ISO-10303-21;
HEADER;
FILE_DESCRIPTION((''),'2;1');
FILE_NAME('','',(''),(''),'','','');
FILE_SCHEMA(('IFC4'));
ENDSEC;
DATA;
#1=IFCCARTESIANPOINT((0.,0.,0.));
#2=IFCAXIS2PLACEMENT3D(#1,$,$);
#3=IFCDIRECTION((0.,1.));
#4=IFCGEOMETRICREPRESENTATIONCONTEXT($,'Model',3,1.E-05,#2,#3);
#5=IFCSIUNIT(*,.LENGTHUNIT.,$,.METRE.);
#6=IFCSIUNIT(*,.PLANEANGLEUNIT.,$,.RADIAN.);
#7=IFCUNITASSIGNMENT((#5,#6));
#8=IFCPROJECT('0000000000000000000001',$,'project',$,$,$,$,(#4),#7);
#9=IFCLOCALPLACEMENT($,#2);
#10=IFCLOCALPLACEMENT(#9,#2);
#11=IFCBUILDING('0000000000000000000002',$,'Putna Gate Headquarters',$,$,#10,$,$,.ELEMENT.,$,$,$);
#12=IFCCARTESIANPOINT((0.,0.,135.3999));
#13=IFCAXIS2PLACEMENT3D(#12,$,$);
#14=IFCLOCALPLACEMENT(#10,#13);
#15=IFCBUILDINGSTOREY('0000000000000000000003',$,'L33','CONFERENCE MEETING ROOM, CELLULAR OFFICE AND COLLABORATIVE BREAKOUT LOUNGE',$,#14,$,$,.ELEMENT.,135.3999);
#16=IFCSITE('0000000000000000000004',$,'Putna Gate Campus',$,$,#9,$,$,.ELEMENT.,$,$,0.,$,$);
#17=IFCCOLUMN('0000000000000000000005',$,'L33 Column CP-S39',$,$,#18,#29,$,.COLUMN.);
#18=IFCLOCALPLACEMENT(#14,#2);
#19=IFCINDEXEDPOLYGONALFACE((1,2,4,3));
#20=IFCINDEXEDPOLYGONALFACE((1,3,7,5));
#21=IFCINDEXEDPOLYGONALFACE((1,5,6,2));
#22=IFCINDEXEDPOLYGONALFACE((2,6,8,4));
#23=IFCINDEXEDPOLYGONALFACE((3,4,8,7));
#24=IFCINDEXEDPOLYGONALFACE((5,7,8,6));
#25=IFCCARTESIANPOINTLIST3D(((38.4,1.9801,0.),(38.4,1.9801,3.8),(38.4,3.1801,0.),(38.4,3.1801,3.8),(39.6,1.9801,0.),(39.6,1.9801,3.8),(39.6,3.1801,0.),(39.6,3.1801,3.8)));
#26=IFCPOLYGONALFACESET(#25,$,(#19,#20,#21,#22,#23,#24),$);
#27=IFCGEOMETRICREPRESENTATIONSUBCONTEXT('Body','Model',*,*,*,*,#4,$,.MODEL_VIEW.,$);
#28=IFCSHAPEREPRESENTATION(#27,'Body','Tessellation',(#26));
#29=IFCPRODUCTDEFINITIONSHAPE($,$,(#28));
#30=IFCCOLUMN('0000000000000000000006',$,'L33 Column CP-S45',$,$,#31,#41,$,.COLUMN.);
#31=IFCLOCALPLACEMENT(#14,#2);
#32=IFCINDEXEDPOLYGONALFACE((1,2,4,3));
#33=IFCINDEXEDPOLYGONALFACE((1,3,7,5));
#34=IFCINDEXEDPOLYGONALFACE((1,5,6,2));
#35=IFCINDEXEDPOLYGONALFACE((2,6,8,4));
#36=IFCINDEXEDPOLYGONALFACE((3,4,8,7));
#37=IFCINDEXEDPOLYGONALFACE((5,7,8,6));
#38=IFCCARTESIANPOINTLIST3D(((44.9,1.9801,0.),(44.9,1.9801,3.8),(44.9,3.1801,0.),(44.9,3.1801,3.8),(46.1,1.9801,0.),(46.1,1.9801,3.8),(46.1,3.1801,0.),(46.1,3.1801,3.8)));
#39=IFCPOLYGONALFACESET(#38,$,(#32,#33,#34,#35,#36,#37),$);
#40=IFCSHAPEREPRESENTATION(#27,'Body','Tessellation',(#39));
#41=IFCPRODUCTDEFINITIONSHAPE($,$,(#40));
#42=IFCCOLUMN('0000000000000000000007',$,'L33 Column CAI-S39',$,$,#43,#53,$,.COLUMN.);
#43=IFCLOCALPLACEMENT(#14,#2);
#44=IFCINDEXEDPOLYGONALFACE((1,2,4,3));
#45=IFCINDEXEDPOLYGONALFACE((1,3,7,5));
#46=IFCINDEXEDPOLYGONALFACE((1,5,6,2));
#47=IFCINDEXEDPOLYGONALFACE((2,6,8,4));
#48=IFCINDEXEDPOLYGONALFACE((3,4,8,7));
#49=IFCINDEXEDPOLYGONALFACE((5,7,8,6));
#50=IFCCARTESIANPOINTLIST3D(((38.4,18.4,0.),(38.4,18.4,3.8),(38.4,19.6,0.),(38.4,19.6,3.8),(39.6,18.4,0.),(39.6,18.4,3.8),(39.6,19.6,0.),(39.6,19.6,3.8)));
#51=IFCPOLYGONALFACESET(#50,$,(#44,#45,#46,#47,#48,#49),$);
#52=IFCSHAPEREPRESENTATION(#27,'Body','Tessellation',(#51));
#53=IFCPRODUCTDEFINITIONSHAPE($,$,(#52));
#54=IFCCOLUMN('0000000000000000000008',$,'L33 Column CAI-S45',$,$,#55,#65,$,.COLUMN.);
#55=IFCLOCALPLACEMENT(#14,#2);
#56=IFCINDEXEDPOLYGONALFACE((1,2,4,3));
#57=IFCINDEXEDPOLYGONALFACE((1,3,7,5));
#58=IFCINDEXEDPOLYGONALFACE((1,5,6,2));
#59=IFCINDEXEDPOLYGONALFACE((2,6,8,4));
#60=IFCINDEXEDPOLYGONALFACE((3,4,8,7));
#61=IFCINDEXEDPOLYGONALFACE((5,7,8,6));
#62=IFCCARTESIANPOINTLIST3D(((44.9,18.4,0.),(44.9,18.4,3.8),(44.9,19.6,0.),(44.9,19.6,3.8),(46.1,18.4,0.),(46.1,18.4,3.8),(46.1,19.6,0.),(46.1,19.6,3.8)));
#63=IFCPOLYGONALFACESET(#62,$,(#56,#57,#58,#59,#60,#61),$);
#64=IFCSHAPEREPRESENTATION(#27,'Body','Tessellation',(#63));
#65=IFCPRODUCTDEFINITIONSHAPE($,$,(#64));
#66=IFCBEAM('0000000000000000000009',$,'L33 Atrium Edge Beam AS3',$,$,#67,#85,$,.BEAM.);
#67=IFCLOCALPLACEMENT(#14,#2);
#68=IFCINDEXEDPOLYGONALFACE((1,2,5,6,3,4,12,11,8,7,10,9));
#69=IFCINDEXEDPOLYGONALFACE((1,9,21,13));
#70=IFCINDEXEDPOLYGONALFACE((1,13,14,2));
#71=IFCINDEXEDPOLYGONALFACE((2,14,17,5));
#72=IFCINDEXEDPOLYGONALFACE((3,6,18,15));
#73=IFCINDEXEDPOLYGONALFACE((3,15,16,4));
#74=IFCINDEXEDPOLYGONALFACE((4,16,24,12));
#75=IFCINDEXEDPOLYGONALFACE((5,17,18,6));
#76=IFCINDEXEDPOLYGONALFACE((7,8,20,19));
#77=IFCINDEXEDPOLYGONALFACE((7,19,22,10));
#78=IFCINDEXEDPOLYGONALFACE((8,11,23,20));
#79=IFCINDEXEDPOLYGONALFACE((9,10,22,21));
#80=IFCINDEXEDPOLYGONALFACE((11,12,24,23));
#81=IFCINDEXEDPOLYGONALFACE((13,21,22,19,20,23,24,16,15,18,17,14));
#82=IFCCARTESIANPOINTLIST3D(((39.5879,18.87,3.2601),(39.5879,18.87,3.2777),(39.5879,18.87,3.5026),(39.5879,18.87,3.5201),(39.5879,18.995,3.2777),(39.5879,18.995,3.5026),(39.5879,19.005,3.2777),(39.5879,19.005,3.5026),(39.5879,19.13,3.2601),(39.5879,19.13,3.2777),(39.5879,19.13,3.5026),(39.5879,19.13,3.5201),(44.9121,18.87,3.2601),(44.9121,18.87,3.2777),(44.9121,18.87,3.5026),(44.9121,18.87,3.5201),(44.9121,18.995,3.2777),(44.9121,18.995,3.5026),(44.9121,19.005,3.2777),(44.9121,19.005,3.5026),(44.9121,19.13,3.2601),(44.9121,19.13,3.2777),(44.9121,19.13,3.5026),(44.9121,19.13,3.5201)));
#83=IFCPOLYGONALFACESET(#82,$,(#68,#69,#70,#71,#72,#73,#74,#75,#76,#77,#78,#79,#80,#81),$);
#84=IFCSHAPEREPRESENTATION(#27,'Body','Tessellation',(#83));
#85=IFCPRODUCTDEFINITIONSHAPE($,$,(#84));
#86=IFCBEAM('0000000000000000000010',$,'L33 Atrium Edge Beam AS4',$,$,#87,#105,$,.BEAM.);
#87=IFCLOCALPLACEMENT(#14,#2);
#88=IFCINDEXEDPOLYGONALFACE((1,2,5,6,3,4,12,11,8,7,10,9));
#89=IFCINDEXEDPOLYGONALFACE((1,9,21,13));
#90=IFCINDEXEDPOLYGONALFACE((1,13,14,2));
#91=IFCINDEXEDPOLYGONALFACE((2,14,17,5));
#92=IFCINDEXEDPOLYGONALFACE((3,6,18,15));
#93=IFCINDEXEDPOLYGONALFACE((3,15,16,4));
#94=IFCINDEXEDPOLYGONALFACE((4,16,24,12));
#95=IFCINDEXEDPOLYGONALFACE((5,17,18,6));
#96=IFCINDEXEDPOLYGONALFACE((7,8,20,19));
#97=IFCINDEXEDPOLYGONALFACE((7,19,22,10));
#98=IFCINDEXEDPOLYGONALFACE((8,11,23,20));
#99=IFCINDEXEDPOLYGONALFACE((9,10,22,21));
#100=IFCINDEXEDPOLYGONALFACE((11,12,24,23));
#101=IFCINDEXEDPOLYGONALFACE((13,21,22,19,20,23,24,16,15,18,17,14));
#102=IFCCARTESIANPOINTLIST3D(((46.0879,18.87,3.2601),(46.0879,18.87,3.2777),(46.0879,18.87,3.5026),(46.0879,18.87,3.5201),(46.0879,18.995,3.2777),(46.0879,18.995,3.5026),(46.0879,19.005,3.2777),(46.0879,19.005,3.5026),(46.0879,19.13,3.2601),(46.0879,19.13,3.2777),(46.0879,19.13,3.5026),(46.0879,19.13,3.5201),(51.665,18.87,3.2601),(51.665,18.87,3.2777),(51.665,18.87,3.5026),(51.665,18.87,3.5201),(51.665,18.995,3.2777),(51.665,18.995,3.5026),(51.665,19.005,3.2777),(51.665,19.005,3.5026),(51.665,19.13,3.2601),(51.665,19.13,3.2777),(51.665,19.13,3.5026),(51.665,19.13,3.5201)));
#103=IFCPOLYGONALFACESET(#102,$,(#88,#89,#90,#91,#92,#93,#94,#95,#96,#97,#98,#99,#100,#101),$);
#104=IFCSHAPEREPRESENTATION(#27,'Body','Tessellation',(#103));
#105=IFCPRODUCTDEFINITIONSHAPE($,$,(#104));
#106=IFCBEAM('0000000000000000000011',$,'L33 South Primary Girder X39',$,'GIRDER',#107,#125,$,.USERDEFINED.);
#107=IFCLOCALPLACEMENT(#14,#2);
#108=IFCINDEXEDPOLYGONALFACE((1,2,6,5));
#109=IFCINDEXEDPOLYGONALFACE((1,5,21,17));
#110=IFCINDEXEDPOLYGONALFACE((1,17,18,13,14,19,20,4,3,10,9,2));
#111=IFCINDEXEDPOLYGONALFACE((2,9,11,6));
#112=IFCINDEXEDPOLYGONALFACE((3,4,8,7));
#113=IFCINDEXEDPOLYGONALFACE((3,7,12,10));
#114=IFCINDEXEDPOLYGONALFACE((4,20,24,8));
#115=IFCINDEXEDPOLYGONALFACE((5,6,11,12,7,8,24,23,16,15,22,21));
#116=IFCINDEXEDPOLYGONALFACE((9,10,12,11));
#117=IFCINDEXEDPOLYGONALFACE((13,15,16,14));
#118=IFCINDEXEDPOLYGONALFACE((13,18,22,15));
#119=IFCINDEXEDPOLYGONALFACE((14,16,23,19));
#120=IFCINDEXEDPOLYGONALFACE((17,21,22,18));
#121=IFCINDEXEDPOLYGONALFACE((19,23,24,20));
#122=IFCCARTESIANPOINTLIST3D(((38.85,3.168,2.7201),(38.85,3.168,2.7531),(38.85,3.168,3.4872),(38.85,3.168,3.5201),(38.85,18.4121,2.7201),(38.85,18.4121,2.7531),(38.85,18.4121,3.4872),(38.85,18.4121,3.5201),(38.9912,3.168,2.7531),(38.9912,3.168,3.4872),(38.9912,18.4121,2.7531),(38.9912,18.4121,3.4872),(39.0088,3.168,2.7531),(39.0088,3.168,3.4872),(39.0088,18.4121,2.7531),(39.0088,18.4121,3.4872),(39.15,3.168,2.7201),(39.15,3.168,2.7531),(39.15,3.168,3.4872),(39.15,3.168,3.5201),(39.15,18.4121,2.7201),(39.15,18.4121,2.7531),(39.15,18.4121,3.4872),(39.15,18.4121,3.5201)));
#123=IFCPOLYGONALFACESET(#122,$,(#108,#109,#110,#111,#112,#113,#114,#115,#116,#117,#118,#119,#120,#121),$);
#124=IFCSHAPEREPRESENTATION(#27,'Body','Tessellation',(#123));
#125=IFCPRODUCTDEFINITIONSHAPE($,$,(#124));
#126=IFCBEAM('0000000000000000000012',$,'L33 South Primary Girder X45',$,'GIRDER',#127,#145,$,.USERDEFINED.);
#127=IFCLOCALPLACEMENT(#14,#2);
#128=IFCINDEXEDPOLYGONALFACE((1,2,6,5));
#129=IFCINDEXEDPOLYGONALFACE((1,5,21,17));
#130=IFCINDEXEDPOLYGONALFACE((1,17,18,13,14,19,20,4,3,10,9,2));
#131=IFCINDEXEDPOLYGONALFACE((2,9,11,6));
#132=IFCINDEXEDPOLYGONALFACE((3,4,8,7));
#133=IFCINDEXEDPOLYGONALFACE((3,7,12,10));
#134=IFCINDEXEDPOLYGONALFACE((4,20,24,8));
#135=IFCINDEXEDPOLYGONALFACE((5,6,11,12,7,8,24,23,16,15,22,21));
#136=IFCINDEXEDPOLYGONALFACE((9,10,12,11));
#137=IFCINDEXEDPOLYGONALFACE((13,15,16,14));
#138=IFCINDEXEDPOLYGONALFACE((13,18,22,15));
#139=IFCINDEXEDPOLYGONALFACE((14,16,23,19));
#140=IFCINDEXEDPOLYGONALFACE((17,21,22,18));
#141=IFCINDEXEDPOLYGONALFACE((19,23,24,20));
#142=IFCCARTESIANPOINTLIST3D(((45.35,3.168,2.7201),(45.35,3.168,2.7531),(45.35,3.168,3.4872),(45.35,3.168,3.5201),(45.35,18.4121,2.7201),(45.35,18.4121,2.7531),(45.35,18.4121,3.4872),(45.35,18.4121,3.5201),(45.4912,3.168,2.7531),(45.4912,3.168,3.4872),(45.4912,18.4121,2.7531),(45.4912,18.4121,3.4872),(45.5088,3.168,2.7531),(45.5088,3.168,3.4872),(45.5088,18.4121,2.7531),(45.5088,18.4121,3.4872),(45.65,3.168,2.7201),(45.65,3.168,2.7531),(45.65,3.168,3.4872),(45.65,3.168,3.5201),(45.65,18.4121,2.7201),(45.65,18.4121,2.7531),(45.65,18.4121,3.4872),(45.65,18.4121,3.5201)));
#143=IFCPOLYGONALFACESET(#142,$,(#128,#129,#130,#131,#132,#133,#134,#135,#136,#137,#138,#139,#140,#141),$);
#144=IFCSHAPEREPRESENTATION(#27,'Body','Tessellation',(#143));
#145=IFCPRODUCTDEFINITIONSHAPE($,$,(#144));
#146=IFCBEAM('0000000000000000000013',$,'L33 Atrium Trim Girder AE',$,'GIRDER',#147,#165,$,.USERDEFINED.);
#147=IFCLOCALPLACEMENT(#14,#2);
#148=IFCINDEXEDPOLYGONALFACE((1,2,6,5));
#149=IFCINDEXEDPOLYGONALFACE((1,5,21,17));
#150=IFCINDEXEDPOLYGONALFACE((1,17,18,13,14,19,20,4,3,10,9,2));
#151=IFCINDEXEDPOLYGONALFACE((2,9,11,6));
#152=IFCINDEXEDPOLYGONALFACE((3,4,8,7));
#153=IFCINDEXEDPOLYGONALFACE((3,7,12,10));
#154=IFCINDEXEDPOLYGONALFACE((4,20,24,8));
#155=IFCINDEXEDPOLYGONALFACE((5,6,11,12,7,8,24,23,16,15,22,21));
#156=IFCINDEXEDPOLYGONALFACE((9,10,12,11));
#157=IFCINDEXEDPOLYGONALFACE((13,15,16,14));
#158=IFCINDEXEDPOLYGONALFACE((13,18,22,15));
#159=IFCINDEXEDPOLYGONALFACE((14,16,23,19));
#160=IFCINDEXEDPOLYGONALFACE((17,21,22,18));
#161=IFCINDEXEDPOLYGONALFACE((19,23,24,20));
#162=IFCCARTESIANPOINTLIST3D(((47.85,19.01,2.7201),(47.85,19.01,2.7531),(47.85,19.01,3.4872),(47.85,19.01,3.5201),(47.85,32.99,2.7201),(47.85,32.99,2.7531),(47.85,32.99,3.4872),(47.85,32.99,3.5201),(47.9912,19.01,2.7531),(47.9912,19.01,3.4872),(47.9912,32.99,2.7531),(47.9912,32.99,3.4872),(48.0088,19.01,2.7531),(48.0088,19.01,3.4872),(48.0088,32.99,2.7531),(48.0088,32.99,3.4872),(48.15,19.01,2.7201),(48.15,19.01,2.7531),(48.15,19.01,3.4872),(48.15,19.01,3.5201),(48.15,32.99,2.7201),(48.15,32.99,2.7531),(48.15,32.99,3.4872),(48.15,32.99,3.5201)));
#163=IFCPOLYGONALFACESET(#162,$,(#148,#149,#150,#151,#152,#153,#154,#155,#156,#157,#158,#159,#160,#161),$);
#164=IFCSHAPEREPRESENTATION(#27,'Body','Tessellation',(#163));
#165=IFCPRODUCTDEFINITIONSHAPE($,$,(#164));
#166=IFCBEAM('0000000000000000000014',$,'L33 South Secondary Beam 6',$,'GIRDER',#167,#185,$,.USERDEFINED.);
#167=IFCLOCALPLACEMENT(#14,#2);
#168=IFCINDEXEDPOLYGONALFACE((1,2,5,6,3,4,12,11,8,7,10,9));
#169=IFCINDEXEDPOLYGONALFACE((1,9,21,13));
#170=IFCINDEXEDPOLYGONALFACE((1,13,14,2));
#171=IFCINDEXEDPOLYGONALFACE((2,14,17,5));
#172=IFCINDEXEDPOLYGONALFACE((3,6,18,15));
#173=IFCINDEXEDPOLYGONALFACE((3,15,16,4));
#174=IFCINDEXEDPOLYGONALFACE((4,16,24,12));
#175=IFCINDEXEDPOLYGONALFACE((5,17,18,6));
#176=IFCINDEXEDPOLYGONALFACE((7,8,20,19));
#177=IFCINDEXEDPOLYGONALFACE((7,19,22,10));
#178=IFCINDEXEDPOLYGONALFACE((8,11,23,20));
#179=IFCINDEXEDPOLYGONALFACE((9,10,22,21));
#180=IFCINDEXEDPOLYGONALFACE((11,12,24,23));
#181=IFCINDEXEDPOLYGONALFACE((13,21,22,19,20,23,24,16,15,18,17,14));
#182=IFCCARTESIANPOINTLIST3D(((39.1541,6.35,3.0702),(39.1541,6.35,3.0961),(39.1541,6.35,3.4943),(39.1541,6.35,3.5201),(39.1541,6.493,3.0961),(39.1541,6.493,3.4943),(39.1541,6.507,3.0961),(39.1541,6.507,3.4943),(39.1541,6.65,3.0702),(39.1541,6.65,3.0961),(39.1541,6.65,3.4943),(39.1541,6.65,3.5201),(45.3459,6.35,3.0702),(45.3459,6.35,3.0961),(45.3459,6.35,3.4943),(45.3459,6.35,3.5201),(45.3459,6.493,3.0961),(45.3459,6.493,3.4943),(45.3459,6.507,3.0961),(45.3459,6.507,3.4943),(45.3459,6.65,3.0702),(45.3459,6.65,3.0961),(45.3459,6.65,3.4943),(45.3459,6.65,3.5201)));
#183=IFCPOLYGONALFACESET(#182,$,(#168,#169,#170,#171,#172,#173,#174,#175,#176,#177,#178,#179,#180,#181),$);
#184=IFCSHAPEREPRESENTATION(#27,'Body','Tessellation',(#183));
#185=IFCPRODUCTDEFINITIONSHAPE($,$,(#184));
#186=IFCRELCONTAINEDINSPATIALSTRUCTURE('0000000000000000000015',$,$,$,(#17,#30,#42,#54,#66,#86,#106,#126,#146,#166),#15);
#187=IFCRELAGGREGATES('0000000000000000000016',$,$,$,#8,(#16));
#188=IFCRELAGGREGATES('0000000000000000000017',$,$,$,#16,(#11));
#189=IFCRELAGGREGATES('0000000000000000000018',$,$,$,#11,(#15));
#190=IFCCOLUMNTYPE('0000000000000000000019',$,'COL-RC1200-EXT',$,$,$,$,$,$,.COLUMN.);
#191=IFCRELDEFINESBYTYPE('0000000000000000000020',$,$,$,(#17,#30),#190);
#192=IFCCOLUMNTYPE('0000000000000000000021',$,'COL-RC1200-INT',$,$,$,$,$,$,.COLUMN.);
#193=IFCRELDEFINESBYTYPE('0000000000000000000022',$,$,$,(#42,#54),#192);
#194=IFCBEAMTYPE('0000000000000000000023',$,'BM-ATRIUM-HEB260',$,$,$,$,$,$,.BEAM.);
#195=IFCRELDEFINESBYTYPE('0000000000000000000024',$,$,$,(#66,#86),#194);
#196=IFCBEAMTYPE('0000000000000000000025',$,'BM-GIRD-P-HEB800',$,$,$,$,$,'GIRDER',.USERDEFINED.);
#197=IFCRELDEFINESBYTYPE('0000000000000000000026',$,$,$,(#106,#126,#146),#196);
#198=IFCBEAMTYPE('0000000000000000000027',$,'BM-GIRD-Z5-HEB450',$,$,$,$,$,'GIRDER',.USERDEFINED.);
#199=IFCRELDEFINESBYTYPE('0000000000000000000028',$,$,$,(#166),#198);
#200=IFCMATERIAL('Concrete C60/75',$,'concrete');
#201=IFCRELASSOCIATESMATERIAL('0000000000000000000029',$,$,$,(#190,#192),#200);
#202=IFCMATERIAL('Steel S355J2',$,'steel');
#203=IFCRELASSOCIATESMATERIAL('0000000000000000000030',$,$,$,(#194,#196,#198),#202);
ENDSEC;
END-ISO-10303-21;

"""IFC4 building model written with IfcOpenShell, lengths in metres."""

from ifc_helpers import new_model, si_unit, direction, frame, origin, origin_2d, place, context, subcontext, project, spatial, rectangle, i_section, extrude, material, material_profile, profile_set, type_object, element, save


model = new_model("IFC4")

# Units and contexts
model_context = context("Model", 3, precision=1e-05, world=origin(), true_north=direction((0.0, 1.0)))
body_context = subcontext(model_context, "Body", "Model", "MODEL_VIEW")
ifc_project = project(units=[si_unit("LENGTHUNIT", "METRE"), si_unit("PLANEANGLEUNIT", "RADIAN")], contexts=[model_context])

# Site, building, storey
site_placement = place(None, origin())
site = spatial("IfcSite", under=ifc_project, at=site_placement, Name="Putna Gate Campus", CompositionType="ELEMENT", RefElevation=0.0)
building_placement = place(site_placement, origin())
building = spatial("IfcBuilding", under=site, at=building_placement, Name="Putna Gate Headquarters", CompositionType="ELEMENT")
storey_placement = place(building_placement, frame((0.0, 0.0, 135.3999)))
storey = spatial("IfcBuildingStorey", under=building, at=storey_placement, Name="L33", Description="CONFERENCE MEETING ROOM, CELLULAR OFFICE AND COLLABORATIVE BREAKOUT LOUNGE", CompositionType="ELEMENT", Elevation=135.3999)

# Columns
ifc_material_1 = material(Name="Concrete C60/75", Category="concrete")
ifc_material_profile_1 = material_profile(ifc_material_1, rectangle(XDim=1.2, YDim=1.2, at=origin_2d()), Name="Concrete C60/75")
ifc_profile_set_1 = profile_set([ifc_material_profile_1], Name="Concrete C60/75")
column_type_1 = type_object("IfcColumnType", Name="COL-RC1200-EXT", PredefinedType="COLUMN", material=ifc_profile_set_1)
for number, where, z_axis, x_axis, name in (
    (1, (39.0, 2.5801, 0.0), (0.0, 0.0, 1.0), (1.0, 0.0, 0.0), "L33 Column CP-S39"),
    (2, (45.5, 2.5801, 0.0), (0.0, 0.0, 1.0), (1.0, 0.0, 0.0), "L33 Column CP-S45"),
):
    element("IfcColumn", number, at=place(storey_placement, frame(where, z_axis=z_axis, x_axis=x_axis)), inside=storey, type_object=column_type_1, Name=name, PredefinedType="COLUMN", context=body_context, shape_type="SweptSolid", body=[
        extrude(rectangle(XDim=1.2, YDim=1.2, at=origin_2d()), origin(), (0.0, 0.0, 1.0), 3.8),
    ])
ifc_material_profile_2 = material_profile(ifc_material_1, rectangle(XDim=1.2, YDim=1.2, at=origin_2d()), Name="Concrete C60/75")
ifc_profile_set_2 = profile_set([ifc_material_profile_2], Name="Concrete C60/75")
column_type_2 = type_object("IfcColumnType", Name="COL-RC1200-INT", PredefinedType="COLUMN", material=ifc_profile_set_2)
for number, where, z_axis, x_axis, name in (
    (3, (39.0, 19.0, 0.0), (0.0, 0.0, 1.0), (1.0, 0.0, 0.0), "L33 Column CAI-S39"),
    (4, (45.5, 19.0, 0.0), (0.0, 0.0, 1.0), (1.0, 0.0, 0.0), "L33 Column CAI-S45"),
):
    element("IfcColumn", number, at=place(storey_placement, frame(where, z_axis=z_axis, x_axis=x_axis)), inside=storey, type_object=column_type_2, Name=name, PredefinedType="COLUMN", context=body_context, shape_type="SweptSolid", body=[
        extrude(rectangle(XDim=1.2, YDim=1.2, at=origin_2d()), origin(), (0.0, 0.0, 1.0), 3.8),
    ])

# Beams
ifc_material_2 = material(Name="Steel S355J2", Category="steel")
ifc_material_profile_3 = material_profile(ifc_material_2, i_section(OverallWidth=0.26, OverallDepth=0.26, WebThickness=0.01, FlangeThickness=0.0176, at=origin_2d()), Name="Steel S355J2")
ifc_profile_set_3 = profile_set([ifc_material_profile_3], Name="Steel S355J2")
beam_type_1 = type_object("IfcBeamType", Name="BM-ATRIUM-HEB260", PredefinedType="BEAM", material=ifc_profile_set_3)
beam_1_placement = place(storey_placement, frame((39.5879, 19.0, 3.3901), z_axis=(1.0, 0.0, 0.0), x_axis=(0.0, 1.0, 0.0)))
element("IfcBeam", 5, at=beam_1_placement, inside=storey, type_object=beam_type_1, Name="L33 Atrium Edge Beam AS3", PredefinedType="BEAM", context=body_context, shape_type="SweptSolid", body=[
    extrude(i_section(OverallWidth=0.26, OverallDepth=0.26, WebThickness=0.01, FlangeThickness=0.0176, at=origin_2d()), origin(), (0.0, 0.0, 1.0), 5.3242),
])
beam_2_placement = place(storey_placement, frame((46.0879, 19.0, 3.3901), z_axis=(1.0, 0.0, 0.0), x_axis=(0.0, 1.0, 0.0)))
element("IfcBeam", 6, at=beam_2_placement, inside=storey, type_object=beam_type_1, Name="L33 Atrium Edge Beam AS4", PredefinedType="BEAM", context=body_context, shape_type="SweptSolid", body=[
    extrude(i_section(OverallWidth=0.26, OverallDepth=0.26, WebThickness=0.01, FlangeThickness=0.0176, at=origin_2d()), origin(), (0.0, 0.0, 1.0), 5.5771),
])
ifc_material_profile_4 = material_profile(ifc_material_2, i_section(OverallWidth=0.3, OverallDepth=0.8, WebThickness=0.0176, FlangeThickness=0.033, at=origin_2d()), Name="Steel S355J2")
ifc_profile_set_4 = profile_set([ifc_material_profile_4], Name="Steel S355J2")
beam_type_2 = type_object("IfcBeamType", Name="BM-GIRD-P-HEB800", ElementType="GIRDER", PredefinedType="USERDEFINED", material=ifc_profile_set_4)
for number, where, z_axis, x_axis, name in (
    (7, (39.0, 3.168, 3.1201), (0.0, 1.0, 0.0), (-1.0, 0.0, 0.0), "L33 South Primary Girder X39"),
    (8, (45.5, 3.168, 3.1201), (0.0, 1.0, 0.0), (-1.0, 0.0, 0.0), "L33 South Primary Girder X45"),
):
    element("IfcBeam", number, at=place(storey_placement, frame(where, z_axis=z_axis, x_axis=x_axis)), inside=storey, type_object=beam_type_2, Name=name, ObjectType="GIRDER", PredefinedType="USERDEFINED", context=body_context, shape_type="SweptSolid", body=[
        extrude(i_section(OverallWidth=0.3, OverallDepth=0.8, WebThickness=0.0176, FlangeThickness=0.033, at=origin_2d()), origin(), (0.0, 0.0, 1.0), 15.2441),
    ])
beam_3_placement = place(storey_placement, frame((48.0, 19.01, 3.1201), z_axis=(0.0, 1.0, 0.0), x_axis=(-1.0, 0.0, 0.0)))
element("IfcBeam", 9, at=beam_3_placement, inside=storey, type_object=beam_type_2, Name="L33 Atrium Trim Girder AE", ObjectType="GIRDER", PredefinedType="USERDEFINED", context=body_context, shape_type="SweptSolid", body=[
    extrude(i_section(OverallWidth=0.3, OverallDepth=0.8, WebThickness=0.0176, FlangeThickness=0.033, at=origin_2d()), origin(), (0.0, 0.0, 1.0), 13.98),
])
ifc_material_profile_5 = material_profile(ifc_material_2, i_section(OverallWidth=0.3, OverallDepth=0.45, WebThickness=0.0139, FlangeThickness=0.0259, at=origin_2d()), Name="Steel S355J2")
ifc_profile_set_5 = profile_set([ifc_material_profile_5], Name="Steel S355J2")
beam_type_3 = type_object("IfcBeamType", Name="BM-GIRD-Z5-HEB450", ElementType="GIRDER", PredefinedType="USERDEFINED", material=ifc_profile_set_5)
for number, where, z_axis, x_axis, name in (
    (10, (39.1541, 6.5, 3.2952), (1.0, 0.0, 0.0), (0.0, 1.0, 0.0), "L33 South Secondary Beam 6"),
):
    element("IfcBeam", number, at=place(storey_placement, frame(where, z_axis=z_axis, x_axis=x_axis)), inside=storey, type_object=beam_type_3, Name=name, ObjectType="GIRDER", PredefinedType="USERDEFINED", context=body_context, shape_type="SweptSolid", body=[
        extrude(i_section(OverallWidth=0.3, OverallDepth=0.45, WebThickness=0.0139, FlangeThickness=0.0259, at=origin_2d()), origin(), (0.0, 0.0, 1.0), 6.1919),
    ])

save(model, "model.ifc")
